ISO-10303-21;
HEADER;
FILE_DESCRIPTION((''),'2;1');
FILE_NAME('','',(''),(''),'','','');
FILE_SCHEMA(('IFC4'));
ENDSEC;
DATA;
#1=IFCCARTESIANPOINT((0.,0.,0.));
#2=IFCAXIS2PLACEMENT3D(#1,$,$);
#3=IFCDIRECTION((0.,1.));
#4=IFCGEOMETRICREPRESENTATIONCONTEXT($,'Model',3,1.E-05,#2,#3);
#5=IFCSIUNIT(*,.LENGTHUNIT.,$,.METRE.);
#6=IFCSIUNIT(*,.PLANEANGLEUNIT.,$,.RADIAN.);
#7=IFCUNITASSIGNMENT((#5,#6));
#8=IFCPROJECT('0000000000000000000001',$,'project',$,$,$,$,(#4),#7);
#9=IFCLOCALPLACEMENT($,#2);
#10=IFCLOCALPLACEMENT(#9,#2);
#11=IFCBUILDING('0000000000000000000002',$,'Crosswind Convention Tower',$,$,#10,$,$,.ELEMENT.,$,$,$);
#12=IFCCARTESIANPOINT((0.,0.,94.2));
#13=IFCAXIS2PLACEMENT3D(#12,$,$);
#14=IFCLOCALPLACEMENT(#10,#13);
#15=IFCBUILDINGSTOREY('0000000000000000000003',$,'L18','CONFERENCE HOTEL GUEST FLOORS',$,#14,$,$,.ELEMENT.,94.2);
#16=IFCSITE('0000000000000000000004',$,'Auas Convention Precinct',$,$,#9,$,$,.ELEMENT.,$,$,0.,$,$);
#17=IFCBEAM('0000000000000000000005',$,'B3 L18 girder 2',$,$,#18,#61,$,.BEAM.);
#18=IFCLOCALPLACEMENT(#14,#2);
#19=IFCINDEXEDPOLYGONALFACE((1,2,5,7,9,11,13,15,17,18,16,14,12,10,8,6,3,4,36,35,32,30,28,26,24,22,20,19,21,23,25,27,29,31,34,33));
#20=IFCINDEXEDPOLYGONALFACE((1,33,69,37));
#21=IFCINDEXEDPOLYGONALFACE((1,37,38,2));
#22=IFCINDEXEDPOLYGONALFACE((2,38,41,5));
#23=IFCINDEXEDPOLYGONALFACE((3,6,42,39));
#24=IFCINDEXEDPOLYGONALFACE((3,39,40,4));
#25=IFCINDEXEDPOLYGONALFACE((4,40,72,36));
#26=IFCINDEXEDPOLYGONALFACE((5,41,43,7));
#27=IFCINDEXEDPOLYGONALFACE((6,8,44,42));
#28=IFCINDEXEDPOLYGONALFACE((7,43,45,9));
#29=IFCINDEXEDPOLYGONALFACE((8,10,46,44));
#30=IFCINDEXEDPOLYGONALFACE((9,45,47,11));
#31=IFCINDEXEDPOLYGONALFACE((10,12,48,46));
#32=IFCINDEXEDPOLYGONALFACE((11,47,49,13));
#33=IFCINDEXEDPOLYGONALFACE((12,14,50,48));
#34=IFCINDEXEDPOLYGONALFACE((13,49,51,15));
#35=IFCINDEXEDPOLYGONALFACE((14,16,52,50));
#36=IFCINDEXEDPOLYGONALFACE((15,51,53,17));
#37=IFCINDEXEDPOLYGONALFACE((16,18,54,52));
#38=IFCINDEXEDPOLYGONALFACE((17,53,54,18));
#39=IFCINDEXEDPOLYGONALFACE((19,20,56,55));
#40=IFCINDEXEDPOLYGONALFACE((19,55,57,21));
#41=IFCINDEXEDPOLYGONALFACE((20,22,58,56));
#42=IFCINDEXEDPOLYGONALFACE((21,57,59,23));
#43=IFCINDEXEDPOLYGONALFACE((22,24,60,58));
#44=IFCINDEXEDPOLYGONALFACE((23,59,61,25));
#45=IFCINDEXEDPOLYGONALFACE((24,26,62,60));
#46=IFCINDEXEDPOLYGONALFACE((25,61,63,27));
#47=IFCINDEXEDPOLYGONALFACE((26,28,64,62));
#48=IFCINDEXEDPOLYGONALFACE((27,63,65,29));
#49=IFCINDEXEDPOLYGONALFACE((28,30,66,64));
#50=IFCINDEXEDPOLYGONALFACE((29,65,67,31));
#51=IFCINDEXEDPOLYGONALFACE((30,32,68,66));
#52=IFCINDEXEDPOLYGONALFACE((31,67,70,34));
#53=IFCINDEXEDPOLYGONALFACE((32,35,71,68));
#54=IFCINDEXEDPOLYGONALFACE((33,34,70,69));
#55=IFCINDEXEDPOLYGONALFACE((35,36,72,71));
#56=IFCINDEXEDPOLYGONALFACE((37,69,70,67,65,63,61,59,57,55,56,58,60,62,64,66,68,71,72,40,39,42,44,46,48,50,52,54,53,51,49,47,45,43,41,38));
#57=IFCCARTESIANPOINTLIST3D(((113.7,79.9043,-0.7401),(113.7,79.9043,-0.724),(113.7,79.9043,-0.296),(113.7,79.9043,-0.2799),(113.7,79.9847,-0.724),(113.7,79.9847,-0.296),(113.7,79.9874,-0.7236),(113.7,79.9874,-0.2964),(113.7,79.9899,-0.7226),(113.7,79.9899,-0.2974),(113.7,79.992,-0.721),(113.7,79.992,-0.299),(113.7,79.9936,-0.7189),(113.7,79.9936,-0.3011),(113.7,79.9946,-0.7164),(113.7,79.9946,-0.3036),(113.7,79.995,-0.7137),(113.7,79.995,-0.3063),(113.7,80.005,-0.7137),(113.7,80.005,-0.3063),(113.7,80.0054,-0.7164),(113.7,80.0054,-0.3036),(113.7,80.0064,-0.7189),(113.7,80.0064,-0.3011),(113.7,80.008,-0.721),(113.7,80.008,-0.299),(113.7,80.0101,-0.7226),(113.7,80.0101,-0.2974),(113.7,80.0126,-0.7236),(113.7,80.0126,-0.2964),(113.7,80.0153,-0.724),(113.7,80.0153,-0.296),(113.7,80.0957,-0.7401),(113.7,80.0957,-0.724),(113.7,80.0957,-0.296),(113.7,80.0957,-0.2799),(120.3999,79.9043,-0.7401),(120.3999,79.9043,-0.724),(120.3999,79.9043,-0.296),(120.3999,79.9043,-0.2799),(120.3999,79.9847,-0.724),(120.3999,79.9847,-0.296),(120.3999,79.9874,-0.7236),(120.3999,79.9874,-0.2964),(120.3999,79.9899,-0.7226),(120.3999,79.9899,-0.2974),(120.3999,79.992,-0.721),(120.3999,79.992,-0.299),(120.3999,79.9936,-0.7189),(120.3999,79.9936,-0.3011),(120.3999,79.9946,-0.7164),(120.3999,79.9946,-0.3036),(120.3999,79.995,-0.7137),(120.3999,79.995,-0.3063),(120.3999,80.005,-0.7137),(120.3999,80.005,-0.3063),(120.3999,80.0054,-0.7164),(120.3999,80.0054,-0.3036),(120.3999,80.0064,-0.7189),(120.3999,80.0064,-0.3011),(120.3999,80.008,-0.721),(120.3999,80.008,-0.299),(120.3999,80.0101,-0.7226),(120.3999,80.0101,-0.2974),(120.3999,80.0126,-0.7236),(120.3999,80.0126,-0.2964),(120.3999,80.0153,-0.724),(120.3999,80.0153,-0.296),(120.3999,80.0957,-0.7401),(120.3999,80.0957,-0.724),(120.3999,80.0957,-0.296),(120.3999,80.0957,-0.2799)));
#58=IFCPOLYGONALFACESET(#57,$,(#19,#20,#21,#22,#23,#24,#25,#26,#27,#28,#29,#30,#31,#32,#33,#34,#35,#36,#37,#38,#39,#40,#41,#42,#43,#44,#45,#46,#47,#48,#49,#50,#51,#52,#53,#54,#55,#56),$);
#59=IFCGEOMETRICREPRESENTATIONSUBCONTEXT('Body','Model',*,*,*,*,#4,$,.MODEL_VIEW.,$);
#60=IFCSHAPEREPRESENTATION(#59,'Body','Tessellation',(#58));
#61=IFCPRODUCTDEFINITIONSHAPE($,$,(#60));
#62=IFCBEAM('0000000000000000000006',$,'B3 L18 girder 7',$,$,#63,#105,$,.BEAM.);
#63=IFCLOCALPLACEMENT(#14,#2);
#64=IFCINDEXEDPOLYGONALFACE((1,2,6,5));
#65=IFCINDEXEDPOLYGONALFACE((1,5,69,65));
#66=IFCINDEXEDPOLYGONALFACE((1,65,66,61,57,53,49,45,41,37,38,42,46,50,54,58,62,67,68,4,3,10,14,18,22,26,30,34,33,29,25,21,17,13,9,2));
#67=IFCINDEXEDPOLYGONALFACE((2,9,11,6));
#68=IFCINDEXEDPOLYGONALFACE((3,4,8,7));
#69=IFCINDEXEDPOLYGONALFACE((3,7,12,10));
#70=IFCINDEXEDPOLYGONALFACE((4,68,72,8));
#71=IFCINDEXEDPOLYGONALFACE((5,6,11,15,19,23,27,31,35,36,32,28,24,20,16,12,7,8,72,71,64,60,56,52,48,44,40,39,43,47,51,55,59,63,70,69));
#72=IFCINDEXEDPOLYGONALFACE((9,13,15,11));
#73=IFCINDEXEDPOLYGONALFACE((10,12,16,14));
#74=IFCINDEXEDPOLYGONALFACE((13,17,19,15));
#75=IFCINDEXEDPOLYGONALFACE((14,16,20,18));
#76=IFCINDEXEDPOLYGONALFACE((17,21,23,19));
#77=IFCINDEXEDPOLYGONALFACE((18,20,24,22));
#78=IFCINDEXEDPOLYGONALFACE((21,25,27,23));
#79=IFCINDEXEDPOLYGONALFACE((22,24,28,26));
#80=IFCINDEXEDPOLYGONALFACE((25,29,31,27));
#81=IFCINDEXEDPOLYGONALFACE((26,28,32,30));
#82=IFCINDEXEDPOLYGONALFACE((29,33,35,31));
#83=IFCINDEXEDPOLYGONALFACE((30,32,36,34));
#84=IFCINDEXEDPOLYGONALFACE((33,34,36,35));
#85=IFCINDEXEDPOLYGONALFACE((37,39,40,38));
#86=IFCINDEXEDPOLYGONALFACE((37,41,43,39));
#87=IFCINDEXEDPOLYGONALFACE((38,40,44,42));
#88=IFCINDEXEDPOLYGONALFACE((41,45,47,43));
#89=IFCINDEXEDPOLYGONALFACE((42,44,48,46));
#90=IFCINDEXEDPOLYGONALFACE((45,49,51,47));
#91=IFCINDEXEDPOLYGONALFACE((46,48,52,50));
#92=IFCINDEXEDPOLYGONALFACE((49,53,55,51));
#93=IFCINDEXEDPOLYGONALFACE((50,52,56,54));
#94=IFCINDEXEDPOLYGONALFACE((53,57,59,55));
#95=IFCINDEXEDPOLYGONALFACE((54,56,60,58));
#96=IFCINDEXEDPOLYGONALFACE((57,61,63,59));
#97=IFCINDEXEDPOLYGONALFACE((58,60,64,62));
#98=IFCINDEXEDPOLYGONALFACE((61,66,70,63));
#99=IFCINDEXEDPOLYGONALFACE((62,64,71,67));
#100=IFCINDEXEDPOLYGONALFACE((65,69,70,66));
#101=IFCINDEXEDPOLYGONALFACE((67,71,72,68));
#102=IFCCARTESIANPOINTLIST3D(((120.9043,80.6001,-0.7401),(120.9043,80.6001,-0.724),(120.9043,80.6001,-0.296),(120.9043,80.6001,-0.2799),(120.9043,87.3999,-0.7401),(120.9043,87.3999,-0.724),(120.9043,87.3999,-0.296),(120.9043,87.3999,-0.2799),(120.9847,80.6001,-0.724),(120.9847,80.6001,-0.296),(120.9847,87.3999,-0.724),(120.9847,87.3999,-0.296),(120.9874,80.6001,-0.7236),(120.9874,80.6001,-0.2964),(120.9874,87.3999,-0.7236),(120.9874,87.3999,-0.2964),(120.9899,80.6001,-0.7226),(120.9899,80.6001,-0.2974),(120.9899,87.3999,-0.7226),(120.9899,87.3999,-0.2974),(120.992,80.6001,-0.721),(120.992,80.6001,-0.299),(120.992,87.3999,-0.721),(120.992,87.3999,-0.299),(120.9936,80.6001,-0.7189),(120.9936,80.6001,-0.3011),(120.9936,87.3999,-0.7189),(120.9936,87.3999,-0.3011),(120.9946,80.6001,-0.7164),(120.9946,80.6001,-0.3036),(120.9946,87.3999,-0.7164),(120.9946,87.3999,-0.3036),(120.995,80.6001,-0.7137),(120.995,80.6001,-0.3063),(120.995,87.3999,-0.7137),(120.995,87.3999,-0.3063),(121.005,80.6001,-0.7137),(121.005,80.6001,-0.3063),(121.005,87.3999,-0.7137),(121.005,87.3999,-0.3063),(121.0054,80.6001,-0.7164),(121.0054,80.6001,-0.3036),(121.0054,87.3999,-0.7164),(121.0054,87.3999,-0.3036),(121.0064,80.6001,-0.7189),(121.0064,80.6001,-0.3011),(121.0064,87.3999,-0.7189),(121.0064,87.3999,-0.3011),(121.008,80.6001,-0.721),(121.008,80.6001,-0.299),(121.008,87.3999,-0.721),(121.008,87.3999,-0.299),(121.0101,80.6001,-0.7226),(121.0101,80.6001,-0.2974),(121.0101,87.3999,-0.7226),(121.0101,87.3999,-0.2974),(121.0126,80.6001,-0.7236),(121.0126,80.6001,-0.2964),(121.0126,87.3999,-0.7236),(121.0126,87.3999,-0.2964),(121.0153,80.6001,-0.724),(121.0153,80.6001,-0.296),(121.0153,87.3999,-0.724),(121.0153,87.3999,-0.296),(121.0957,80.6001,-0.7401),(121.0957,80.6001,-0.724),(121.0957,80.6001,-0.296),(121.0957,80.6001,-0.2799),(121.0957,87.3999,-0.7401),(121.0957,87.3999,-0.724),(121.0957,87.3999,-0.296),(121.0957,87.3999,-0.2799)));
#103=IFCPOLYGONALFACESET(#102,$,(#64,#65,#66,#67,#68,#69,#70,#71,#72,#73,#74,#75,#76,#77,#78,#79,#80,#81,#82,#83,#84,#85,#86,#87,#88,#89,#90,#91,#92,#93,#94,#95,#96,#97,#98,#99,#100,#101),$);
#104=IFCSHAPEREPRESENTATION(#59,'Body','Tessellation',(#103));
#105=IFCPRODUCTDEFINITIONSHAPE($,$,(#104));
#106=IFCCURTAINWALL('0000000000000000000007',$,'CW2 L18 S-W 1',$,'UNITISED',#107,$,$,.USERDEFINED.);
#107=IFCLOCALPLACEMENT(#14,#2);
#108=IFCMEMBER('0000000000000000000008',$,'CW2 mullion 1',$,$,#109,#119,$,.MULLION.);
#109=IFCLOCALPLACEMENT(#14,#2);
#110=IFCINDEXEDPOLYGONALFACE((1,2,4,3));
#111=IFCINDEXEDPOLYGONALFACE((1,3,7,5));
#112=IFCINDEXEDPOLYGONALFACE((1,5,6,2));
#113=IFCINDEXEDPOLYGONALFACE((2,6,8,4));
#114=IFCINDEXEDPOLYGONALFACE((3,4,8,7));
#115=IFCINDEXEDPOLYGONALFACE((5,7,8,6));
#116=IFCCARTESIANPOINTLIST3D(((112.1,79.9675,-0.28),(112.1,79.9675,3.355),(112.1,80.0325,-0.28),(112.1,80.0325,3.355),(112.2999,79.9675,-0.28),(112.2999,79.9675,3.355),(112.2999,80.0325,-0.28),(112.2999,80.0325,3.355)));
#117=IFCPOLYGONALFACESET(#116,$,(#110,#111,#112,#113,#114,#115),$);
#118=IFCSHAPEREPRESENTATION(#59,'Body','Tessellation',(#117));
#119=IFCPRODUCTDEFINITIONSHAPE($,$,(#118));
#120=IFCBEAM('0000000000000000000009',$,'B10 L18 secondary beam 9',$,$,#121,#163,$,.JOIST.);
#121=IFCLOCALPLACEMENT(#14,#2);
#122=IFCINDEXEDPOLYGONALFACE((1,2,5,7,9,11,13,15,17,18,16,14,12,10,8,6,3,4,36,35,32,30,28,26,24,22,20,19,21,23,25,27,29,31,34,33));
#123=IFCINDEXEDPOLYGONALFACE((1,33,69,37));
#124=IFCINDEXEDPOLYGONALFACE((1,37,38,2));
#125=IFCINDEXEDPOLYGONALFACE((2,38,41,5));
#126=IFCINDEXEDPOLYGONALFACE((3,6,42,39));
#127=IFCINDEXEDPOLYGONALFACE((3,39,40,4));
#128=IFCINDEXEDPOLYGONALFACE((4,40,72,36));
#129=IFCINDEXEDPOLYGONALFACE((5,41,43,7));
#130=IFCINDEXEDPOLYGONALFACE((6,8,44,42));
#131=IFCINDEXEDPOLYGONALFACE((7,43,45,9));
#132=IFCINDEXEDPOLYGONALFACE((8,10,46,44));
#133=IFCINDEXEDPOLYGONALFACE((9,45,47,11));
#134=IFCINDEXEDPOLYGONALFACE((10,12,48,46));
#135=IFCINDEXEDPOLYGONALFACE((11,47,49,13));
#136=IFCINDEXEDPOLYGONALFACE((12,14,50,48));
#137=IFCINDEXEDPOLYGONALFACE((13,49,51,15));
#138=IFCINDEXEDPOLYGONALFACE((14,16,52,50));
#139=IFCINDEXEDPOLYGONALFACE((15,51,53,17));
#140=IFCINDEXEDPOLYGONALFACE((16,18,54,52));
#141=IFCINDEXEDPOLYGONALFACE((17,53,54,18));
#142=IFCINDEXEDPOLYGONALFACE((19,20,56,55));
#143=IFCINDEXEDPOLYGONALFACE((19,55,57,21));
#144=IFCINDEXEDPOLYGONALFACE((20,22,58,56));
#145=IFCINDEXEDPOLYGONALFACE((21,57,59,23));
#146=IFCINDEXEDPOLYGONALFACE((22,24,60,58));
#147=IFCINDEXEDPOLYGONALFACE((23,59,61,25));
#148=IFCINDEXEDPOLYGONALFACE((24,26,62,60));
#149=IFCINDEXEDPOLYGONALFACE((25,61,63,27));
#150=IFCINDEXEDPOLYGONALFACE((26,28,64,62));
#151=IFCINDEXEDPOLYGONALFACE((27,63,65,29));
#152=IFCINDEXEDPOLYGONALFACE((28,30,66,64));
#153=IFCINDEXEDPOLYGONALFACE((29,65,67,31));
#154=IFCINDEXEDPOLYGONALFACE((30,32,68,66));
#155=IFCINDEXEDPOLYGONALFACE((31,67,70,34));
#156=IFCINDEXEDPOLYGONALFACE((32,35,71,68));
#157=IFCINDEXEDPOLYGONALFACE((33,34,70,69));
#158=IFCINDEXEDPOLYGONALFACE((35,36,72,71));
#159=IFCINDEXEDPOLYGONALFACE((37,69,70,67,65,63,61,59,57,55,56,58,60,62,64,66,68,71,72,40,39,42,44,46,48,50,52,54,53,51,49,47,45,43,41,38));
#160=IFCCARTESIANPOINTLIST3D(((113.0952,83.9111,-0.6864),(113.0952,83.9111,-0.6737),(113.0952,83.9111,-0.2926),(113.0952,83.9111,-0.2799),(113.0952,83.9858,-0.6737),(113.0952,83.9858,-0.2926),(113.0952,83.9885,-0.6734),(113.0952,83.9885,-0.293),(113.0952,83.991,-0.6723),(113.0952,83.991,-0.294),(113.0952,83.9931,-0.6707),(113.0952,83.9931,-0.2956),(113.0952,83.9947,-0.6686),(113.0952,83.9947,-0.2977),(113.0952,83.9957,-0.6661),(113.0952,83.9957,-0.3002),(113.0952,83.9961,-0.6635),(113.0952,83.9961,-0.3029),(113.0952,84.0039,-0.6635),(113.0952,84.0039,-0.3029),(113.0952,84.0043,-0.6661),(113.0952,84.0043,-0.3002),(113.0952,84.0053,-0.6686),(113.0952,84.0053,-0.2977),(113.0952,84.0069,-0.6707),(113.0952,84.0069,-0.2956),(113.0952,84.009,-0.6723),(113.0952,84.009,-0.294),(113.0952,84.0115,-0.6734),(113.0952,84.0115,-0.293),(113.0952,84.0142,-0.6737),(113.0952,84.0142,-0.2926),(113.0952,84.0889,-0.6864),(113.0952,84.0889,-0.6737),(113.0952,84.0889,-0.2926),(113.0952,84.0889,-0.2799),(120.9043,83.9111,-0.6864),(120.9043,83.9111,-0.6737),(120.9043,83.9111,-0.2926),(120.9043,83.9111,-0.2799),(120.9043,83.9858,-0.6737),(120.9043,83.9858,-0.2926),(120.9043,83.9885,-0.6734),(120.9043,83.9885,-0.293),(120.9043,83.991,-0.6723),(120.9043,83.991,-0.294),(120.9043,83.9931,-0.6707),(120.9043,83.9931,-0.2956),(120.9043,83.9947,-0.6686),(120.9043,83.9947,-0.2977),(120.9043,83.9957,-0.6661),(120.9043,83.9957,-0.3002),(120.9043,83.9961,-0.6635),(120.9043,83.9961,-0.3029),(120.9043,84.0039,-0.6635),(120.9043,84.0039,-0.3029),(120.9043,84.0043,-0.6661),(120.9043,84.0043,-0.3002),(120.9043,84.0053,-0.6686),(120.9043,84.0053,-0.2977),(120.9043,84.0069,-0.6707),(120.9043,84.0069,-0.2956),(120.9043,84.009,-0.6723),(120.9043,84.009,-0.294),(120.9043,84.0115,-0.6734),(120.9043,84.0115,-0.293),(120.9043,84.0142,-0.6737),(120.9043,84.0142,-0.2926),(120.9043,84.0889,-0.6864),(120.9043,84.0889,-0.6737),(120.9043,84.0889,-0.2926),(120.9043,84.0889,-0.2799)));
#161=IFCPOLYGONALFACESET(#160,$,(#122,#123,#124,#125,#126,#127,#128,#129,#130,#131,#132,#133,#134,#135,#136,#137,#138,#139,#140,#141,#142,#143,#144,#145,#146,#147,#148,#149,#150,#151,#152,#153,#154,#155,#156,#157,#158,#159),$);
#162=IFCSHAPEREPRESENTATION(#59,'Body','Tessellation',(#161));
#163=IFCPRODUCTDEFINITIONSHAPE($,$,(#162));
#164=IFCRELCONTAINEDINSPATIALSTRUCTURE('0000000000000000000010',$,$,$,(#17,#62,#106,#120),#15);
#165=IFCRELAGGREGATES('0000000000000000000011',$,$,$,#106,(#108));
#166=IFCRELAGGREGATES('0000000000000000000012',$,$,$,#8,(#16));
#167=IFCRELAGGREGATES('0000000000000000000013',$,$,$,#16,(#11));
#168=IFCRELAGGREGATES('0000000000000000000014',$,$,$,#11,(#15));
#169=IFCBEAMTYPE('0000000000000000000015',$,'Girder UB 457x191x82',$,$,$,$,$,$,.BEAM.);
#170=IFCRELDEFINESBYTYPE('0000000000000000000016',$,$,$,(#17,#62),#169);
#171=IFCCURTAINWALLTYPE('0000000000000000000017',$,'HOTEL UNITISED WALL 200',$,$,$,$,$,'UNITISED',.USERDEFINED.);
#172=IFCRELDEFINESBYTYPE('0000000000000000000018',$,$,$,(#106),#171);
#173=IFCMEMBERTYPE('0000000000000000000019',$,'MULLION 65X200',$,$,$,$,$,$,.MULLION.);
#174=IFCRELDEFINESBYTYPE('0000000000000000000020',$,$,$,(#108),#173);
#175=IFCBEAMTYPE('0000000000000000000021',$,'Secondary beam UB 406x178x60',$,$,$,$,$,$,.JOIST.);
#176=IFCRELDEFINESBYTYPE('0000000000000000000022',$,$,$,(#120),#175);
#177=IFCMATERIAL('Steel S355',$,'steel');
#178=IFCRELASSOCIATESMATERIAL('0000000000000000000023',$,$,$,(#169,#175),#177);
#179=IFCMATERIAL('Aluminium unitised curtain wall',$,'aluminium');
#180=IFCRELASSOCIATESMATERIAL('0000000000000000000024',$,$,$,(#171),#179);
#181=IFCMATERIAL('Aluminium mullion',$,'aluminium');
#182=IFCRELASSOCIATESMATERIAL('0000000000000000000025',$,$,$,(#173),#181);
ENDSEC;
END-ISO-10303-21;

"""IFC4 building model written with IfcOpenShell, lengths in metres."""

from ifc_helpers import new_model, si_unit, direction, frame, origin, origin_2d, place, context, subcontext, project, spatial, rectangle, i_section, extrude, material, material_profile, profile_set, type_object, element, aggregate, save


model = new_model("IFC4")

# Units and contexts
model_context = context("Model", 3, precision=1e-05, world=origin(), true_north=direction((0.0, 1.0)))
body_context = subcontext(model_context, "Body", "Model", "MODEL_VIEW")
ifc_project = project(units=[si_unit("LENGTHUNIT", "METRE"), si_unit("PLANEANGLEUNIT", "RADIAN")], contexts=[model_context])

# Site, building, storey
site_placement = place(None, origin())
site = spatial("IfcSite", under=ifc_project, at=site_placement, Name="Auas Convention Precinct", CompositionType="ELEMENT", RefElevation=0.0)
building_placement = place(site_placement, origin())
building = spatial("IfcBuilding", under=site, at=building_placement, Name="Crosswind Convention Tower", CompositionType="ELEMENT")
storey_placement = place(building_placement, frame((0.0, 0.0, 94.2)))
storey = spatial("IfcBuildingStorey", under=building, at=storey_placement, Name="L18", Description="CONFERENCE HOTEL GUEST FLOORS", CompositionType="ELEMENT", Elevation=94.2)

# Beams
ifc_material_1 = material(Name="Steel S355", Category="steel")
ifc_material_profile_1 = material_profile(ifc_material_1, i_section(OverallWidth=0.1914, OverallDepth=0.4602, WebThickness=0.01, FlangeThickness=0.0161, FilletRadius=0.0103, at=origin_2d()), Name="UB 457x191x82")
ifc_profile_set_1 = profile_set([ifc_material_profile_1], Name="Steel S355")
beam_type_1 = type_object("IfcBeamType", Name="Girder UB 457x191x82", PredefinedType="BEAM", material=ifc_profile_set_1)
beam_1_placement = place(storey_placement, frame((113.7, 80.0, -0.51), z_axis=(1.0, 0.0, 0.0), x_axis=(0.0, 1.0, 0.0)))
element("IfcBeam", 1, at=beam_1_placement, inside=storey, type_object=beam_type_1, Name="B3 L18 girder 2", PredefinedType="BEAM", context=body_context, shape_type="SweptSolid", body=[
    extrude(i_section(OverallWidth=0.1914, OverallDepth=0.4602, WebThickness=0.01, FlangeThickness=0.0161, FilletRadius=0.0103, at=origin_2d()), origin(), (0.0, 0.0, 1.0), 6.7),
])
beam_2_placement = place(storey_placement, frame((121.0, 80.6001, -0.51), z_axis=(0.0, 1.0, 0.0), x_axis=(-1.0, 0.0, 0.0)))
element("IfcBeam", 2, at=beam_2_placement, inside=storey, type_object=beam_type_1, Name="B3 L18 girder 7", PredefinedType="BEAM", context=body_context, shape_type="SweptSolid", body=[
    extrude(i_section(OverallWidth=0.1914, OverallDepth=0.4602, WebThickness=0.01, FlangeThickness=0.0161, FilletRadius=0.0103, at=origin_2d()), origin(), (0.0, 0.0, 1.0), 6.7998),
])

# Curtain wall, member
ifc_material_2 = material(Name="Aluminium unitised curtain wall", Category="aluminium")
curtain_wall_type = type_object("IfcCurtainWallType", Name="HOTEL UNITISED WALL 200", ElementType="UNITISED", PredefinedType="USERDEFINED", material=ifc_material_2)
curtain_wall_placement = place(storey_placement, origin())
curtain_wall = element("IfcCurtainWall", 3, at=curtain_wall_placement, inside=storey, type_object=curtain_wall_type, Name="CW2 L18 S-W 1", ObjectType="UNITISED", PredefinedType="USERDEFINED")
ifc_material_3 = material(Name="Aluminium mullion", Category="aluminium")
ifc_material_profile_2 = material_profile(ifc_material_3, rectangle(XDim=0.2, YDim=0.0649, at=origin_2d()), Name="AL 200X65")
ifc_profile_set_2 = profile_set([ifc_material_profile_2], Name="Aluminium mullion")
member_type_1 = type_object("IfcMemberType", Name="MULLION 65X200", PredefinedType="MULLION", material=ifc_profile_set_2)
member_1_placement = place(storey_placement, frame((112.2, 80.0, -0.28), z_axis=(0.0, 0.0, 1.0), x_axis=(-1.0, 0.0, 0.0)))
member_1 = element("IfcMember", 4, at=member_1_placement, type_object=member_type_1, Name="CW2 mullion 1", PredefinedType="MULLION", context=body_context, shape_type="SweptSolid", body=[
    extrude(rectangle(XDim=0.2, YDim=0.0649, at=origin_2d()), origin(), (0.0, 0.0, 1.0), 3.635),
])

# Beam
ifc_material_profile_3 = material_profile(ifc_material_1, i_section(OverallWidth=0.1777, OverallDepth=0.4065, WebThickness=0.0078, FlangeThickness=0.0127, FilletRadius=0.0103, at=origin_2d()), Name="UB 406x178x60")
ifc_profile_set_3 = profile_set([ifc_material_profile_3], Name="Steel S355")
beam_type_2 = type_object("IfcBeamType", Name="Secondary beam UB 406x178x60", PredefinedType="JOIST", material=ifc_profile_set_3)
beam_3_placement = place(storey_placement, frame((113.0952, 84.0, -0.4832), z_axis=(1.0, 0.0, 0.0), x_axis=(0.0, 1.0, 0.0)))
element("IfcBeam", 5, at=beam_3_placement, inside=storey, type_object=beam_type_2, Name="B10 L18 secondary beam 9", PredefinedType="JOIST", context=body_context, shape_type="SweptSolid", body=[
    extrude(i_section(OverallWidth=0.1777, OverallDepth=0.4065, WebThickness=0.0078, FlangeThickness=0.0127, FilletRadius=0.0103, at=origin_2d()), origin(), (0.0, 0.0, 1.0), 7.8091),
])

aggregate(curtain_wall, [member_1])

save(model, "model.ifc")
